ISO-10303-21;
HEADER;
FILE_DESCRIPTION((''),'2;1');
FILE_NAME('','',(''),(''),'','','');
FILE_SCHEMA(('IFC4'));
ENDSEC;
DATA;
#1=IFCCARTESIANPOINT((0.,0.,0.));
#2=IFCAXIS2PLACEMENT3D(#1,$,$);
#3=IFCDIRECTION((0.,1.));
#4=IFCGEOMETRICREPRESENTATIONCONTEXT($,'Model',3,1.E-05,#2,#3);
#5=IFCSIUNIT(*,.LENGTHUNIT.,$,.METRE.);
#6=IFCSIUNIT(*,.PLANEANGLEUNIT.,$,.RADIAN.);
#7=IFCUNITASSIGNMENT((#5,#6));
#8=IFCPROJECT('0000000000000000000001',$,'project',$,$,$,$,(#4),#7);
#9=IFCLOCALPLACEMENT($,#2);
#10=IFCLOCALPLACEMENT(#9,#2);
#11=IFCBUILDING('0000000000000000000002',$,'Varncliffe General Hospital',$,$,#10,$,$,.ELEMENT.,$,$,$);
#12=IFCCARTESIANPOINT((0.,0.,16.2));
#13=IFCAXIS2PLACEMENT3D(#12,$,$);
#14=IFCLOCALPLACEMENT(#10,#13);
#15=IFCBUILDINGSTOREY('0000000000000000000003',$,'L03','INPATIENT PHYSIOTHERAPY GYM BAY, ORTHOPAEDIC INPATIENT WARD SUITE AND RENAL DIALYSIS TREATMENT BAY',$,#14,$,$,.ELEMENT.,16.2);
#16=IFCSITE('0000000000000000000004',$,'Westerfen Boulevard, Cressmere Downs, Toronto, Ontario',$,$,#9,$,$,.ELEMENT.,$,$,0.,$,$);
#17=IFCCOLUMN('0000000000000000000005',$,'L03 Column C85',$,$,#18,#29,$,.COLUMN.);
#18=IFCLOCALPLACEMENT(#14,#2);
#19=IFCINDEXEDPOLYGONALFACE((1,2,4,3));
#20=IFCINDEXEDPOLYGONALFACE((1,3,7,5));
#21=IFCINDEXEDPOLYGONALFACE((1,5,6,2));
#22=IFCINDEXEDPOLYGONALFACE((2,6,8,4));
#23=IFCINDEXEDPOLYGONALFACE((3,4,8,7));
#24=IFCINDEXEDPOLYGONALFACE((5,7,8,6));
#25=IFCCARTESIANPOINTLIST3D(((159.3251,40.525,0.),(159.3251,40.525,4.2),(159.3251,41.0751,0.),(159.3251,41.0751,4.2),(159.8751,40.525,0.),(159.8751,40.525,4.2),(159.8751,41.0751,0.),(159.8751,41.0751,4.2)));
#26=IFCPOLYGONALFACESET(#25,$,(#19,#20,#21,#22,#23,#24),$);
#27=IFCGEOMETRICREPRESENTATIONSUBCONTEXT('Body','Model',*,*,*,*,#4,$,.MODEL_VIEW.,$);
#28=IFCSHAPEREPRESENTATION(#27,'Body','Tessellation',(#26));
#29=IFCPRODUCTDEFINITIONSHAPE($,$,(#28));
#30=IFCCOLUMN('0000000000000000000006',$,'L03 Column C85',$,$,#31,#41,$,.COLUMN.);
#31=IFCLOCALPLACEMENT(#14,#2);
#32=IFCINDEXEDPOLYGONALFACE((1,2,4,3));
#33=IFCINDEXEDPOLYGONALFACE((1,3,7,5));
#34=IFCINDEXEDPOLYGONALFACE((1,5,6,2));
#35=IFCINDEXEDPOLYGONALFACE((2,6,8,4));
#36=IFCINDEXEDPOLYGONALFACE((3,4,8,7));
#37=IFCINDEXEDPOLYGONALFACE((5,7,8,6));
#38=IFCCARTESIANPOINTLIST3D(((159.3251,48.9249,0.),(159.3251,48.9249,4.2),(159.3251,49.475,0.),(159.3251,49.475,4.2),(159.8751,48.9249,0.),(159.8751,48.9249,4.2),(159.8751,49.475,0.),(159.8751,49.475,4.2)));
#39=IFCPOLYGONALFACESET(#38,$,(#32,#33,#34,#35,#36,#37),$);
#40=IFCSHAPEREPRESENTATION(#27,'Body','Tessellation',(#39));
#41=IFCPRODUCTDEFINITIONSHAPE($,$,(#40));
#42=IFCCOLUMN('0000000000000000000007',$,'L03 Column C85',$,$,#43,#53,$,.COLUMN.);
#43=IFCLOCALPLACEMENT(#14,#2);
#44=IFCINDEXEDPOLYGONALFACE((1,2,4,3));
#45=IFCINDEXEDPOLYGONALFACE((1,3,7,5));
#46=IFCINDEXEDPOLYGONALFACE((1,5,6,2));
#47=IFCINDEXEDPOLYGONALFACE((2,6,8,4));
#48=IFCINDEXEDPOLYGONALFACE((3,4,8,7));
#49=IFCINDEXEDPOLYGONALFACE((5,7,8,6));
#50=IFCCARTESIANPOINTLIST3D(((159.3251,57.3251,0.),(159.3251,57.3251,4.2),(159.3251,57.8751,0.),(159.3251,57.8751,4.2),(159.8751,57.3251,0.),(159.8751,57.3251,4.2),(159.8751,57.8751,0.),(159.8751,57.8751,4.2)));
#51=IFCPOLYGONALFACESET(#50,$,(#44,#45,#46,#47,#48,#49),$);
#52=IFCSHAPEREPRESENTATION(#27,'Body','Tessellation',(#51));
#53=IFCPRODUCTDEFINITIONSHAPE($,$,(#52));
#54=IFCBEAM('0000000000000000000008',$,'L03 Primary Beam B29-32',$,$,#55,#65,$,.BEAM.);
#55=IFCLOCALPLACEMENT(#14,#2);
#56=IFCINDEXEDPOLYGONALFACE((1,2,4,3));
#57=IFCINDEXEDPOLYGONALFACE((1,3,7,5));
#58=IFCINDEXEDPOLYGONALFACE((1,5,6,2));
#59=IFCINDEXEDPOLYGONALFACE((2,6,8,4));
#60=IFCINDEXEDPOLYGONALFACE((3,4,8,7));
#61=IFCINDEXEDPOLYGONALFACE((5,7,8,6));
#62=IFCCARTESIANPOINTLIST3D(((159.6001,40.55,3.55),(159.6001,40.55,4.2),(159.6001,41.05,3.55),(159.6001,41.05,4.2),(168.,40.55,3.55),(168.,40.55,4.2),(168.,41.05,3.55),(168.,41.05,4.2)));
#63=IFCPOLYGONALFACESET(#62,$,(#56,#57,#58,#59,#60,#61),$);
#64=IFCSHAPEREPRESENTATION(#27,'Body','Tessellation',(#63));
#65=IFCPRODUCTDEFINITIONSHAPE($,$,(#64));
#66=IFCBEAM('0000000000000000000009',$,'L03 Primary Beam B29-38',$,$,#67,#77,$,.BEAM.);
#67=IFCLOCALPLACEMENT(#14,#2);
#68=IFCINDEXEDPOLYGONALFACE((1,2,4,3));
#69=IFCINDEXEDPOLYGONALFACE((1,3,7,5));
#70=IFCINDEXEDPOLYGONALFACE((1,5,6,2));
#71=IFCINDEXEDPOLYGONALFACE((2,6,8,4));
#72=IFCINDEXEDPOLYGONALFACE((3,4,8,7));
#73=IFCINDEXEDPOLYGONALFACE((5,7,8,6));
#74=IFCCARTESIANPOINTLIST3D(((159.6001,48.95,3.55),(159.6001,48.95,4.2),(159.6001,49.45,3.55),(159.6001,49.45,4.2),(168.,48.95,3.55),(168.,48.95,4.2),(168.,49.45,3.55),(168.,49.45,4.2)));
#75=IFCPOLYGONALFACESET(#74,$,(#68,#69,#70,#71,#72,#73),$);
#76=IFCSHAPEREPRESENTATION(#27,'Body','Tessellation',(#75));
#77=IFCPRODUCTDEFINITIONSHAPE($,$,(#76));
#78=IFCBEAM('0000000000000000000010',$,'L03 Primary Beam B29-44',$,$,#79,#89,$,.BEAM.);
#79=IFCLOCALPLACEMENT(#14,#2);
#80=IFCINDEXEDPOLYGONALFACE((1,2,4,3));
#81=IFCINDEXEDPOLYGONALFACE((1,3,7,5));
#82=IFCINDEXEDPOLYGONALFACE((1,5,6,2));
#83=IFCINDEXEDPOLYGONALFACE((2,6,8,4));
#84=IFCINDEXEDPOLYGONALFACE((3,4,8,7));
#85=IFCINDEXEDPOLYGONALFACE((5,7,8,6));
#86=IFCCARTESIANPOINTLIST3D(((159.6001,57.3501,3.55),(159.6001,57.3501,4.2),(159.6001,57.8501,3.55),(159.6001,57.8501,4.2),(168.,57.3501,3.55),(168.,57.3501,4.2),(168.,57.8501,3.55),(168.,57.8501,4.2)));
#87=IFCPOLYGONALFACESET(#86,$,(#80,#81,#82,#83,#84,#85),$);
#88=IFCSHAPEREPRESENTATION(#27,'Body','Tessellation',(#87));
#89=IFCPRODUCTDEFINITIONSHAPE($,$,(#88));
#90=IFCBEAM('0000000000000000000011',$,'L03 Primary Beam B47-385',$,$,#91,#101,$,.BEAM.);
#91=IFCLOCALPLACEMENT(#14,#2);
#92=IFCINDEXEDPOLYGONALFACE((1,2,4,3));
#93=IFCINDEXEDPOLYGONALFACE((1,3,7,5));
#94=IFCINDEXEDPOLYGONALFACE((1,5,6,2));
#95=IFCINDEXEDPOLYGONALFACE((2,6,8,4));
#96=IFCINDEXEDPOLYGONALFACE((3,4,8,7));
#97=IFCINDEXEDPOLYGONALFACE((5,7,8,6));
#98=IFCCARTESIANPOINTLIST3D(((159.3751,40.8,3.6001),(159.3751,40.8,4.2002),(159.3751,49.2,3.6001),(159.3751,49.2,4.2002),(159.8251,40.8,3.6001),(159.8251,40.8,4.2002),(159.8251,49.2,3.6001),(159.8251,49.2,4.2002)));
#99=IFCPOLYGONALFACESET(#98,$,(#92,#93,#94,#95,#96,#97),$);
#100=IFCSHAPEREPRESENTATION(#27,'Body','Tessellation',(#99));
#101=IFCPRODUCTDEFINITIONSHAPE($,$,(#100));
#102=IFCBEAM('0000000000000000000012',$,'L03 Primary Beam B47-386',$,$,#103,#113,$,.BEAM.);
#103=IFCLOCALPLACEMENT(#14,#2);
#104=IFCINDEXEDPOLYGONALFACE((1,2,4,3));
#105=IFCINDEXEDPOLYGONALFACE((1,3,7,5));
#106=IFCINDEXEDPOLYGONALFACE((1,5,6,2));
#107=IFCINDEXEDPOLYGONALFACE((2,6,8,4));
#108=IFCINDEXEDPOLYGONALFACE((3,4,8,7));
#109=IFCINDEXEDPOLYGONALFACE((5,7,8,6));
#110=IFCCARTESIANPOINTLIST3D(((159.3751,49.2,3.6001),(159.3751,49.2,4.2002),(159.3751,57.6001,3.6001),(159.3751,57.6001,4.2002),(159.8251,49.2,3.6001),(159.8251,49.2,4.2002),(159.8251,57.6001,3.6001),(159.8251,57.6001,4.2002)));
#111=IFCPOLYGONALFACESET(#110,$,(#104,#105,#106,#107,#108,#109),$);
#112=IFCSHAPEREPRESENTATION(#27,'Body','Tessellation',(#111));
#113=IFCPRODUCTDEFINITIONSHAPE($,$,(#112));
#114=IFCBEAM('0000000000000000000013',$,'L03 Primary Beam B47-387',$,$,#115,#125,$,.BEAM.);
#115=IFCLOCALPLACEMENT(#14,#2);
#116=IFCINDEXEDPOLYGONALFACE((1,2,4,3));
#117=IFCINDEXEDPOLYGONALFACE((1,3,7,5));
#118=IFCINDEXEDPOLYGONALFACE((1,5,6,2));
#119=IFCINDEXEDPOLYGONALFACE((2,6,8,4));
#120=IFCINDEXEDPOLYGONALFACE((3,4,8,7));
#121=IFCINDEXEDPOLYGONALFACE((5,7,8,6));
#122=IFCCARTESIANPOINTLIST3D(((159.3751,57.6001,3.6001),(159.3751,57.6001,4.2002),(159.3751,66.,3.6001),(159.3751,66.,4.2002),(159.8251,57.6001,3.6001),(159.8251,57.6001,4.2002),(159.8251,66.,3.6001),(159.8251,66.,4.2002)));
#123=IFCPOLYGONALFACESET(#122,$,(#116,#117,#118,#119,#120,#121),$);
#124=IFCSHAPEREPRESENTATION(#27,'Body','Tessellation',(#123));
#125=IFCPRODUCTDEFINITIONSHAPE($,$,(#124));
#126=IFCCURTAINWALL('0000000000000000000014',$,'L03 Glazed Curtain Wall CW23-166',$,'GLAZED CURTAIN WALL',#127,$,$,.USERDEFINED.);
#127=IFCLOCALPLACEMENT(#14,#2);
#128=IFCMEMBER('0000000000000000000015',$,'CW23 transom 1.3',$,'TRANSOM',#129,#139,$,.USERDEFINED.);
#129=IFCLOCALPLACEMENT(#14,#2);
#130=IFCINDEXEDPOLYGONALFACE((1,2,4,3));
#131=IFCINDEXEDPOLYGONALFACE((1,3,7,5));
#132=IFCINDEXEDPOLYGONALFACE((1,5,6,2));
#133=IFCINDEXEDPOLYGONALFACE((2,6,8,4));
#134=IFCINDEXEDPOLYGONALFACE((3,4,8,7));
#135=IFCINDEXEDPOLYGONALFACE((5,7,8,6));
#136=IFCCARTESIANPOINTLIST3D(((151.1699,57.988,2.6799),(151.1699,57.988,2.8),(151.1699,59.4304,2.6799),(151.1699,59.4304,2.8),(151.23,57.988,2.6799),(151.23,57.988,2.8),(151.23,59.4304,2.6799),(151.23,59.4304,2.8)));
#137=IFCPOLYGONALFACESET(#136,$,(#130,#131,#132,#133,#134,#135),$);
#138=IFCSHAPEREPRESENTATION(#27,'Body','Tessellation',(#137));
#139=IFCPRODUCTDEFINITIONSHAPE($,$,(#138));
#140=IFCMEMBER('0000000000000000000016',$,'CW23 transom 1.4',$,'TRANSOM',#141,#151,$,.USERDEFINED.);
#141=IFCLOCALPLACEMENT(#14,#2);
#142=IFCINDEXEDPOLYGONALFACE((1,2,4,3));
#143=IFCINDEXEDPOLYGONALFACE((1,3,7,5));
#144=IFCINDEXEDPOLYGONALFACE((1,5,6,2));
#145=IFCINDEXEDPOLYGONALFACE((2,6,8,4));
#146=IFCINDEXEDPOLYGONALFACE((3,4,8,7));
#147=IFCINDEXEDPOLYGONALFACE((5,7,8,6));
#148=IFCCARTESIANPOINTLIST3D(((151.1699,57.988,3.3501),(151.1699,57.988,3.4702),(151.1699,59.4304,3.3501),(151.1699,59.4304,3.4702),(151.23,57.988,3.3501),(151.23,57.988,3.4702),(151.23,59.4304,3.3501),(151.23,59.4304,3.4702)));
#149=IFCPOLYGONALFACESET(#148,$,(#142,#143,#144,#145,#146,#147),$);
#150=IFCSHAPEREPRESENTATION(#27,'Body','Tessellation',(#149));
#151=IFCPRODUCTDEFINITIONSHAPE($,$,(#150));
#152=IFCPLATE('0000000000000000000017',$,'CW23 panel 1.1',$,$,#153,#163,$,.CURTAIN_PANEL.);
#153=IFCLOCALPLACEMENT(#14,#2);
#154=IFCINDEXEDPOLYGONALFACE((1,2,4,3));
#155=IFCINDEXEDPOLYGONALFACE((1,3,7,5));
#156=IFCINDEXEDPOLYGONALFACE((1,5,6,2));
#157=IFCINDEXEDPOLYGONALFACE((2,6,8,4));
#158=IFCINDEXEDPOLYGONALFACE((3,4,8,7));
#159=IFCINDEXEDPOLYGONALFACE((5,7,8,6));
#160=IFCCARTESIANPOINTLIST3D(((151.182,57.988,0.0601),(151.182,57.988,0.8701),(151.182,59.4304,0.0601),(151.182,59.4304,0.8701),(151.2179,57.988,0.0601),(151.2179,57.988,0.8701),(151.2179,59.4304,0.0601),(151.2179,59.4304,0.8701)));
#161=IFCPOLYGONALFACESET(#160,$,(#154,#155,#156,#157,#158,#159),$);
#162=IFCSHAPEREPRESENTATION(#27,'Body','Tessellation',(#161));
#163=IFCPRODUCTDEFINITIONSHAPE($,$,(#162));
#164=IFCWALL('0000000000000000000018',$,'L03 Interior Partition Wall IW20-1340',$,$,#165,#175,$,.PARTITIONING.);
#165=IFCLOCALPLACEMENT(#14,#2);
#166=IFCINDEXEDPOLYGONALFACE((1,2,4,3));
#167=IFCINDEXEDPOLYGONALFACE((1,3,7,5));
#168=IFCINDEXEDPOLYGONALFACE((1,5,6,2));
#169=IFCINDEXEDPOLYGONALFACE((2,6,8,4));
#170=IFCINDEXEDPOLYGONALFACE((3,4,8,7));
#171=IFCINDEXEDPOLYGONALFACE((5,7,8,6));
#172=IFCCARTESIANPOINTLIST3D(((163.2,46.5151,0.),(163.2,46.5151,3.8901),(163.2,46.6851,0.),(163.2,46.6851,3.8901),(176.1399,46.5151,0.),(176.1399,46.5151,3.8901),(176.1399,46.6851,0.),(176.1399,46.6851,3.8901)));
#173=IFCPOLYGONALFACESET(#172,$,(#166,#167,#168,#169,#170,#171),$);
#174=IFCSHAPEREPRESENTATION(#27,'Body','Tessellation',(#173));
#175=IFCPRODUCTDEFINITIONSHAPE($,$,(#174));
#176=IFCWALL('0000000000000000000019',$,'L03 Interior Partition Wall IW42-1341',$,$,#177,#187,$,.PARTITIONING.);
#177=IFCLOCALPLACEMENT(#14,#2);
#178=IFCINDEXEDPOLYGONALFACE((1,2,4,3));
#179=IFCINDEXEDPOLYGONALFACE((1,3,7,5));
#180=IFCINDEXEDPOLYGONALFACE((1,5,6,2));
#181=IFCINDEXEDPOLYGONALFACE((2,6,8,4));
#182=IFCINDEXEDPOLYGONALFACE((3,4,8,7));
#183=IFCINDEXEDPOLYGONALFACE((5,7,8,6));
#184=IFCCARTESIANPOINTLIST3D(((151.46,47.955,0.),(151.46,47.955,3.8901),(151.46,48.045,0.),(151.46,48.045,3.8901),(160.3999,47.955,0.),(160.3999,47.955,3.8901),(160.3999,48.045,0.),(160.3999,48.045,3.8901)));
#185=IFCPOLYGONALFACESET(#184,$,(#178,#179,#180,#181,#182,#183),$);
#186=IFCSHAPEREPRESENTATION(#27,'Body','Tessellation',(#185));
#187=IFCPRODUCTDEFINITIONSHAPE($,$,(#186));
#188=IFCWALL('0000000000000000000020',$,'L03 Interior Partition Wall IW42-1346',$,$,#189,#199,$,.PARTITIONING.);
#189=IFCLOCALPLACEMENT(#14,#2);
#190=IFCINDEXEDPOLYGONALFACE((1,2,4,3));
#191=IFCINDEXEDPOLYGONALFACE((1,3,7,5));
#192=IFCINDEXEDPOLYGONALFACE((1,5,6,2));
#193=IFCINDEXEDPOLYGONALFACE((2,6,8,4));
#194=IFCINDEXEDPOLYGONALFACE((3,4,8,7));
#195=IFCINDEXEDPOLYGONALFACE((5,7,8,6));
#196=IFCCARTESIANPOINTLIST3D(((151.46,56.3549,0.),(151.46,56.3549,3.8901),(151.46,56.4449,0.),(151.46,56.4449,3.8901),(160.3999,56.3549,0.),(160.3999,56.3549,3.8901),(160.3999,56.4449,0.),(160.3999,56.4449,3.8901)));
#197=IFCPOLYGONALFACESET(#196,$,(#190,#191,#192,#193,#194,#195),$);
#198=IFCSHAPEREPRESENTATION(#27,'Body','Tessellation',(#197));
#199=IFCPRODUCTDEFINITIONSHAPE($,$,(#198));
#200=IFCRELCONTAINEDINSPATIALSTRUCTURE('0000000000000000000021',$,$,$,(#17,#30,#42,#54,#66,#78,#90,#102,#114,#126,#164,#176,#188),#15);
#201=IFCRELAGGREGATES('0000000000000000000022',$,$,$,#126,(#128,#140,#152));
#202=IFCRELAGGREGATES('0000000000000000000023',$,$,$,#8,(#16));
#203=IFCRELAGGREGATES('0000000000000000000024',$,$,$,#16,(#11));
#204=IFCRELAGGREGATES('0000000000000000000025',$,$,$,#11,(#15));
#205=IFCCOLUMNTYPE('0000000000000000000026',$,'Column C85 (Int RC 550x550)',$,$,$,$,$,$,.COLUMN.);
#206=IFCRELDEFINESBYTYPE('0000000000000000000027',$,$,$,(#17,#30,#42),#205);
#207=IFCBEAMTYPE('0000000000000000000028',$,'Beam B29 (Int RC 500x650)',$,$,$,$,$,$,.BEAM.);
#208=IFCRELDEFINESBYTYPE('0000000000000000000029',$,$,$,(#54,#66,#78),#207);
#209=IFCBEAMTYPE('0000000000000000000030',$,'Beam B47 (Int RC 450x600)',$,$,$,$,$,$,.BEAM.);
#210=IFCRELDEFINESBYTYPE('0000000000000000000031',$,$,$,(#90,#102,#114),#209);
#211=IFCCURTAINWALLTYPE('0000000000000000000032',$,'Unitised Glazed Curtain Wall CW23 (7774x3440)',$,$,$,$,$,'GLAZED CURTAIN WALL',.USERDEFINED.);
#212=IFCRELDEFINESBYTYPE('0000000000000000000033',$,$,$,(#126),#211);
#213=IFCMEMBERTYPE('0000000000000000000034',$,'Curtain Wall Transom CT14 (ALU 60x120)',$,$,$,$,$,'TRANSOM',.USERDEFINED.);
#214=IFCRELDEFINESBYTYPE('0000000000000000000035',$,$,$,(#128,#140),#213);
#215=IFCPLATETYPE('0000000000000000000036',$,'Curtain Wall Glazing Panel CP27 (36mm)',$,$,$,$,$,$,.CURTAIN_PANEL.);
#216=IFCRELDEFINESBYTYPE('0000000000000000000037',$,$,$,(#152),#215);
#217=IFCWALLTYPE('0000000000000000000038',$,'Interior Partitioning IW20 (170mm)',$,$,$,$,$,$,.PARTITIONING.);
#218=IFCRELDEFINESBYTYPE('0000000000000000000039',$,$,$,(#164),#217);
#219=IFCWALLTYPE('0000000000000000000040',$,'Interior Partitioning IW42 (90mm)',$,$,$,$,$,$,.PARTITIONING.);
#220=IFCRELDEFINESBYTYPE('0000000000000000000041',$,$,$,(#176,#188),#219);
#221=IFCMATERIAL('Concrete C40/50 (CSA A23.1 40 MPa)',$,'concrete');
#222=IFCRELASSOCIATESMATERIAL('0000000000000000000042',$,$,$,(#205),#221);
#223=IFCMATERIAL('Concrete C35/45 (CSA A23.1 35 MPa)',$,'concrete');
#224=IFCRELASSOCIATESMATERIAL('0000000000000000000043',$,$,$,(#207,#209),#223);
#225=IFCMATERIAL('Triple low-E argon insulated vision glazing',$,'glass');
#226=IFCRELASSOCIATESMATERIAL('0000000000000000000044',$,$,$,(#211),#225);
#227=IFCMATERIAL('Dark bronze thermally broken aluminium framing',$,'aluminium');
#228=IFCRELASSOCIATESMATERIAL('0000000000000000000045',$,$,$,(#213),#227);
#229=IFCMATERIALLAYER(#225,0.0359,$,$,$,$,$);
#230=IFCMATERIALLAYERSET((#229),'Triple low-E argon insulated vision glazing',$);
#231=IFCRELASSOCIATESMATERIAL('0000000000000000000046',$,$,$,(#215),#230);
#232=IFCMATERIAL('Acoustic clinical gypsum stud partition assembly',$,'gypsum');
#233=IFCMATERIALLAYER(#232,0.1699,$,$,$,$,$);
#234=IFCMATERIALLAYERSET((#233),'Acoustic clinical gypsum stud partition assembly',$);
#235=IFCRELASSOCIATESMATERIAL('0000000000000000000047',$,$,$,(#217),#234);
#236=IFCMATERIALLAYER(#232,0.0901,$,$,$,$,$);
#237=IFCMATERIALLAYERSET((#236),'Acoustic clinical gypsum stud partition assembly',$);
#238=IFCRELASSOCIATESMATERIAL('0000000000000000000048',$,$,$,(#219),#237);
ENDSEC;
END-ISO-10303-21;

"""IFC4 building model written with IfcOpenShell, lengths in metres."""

from ifc_helpers import new_model, si_unit, direction, frame, frame_2d, origin, origin_2d, place, context, subcontext, project, spatial, rectangle, extrude, material, layer, layer_set, material_profile, profile_set, type_object, element, aggregate, save


model = new_model("IFC4")

# Units and contexts
model_context = context("Model", 3, precision=1e-05, world=origin(), true_north=direction((0.0, 1.0)))
body_context = subcontext(model_context, "Body", "Model", "MODEL_VIEW")
ifc_project = project(units=[si_unit("LENGTHUNIT", "METRE"), si_unit("PLANEANGLEUNIT", "RADIAN")], contexts=[model_context])

# Site, building, storey
site_placement = place(None, origin())
site = spatial("IfcSite", under=ifc_project, at=site_placement, Name="Westerfen Boulevard, Cressmere Downs, Toronto, Ontario", CompositionType="ELEMENT", RefElevation=0.0)
building_placement = place(site_placement, origin())
building = spatial("IfcBuilding", under=site, at=building_placement, Name="Varncliffe General Hospital", CompositionType="ELEMENT")
storey_placement = place(building_placement, frame((0.0, 0.0, 16.2)))
storey = spatial("IfcBuildingStorey", under=building, at=storey_placement, Name="L03", Description="INPATIENT PHYSIOTHERAPY GYM BAY, ORTHOPAEDIC INPATIENT WARD SUITE AND RENAL DIALYSIS TREATMENT BAY", CompositionType="ELEMENT", Elevation=16.2)

# Columns
ifc_material_1 = material(Name="Concrete C40/50 (CSA A23.1 40 MPa)", Category="concrete")
ifc_material_profile_1 = material_profile(ifc_material_1, rectangle(XDim=0.55, YDim=0.55, at=origin_2d()), Name="RC 550x550")
ifc_profile_set_1 = profile_set([ifc_material_profile_1], Name="Concrete C40/50 (CSA A23.1 40 MPa)")
column_type = type_object("IfcColumnType", Name="Column C85 (Int RC 550x550)", PredefinedType="COLUMN", material=ifc_profile_set_1)
for number, where, z_axis, x_axis, name in (
    (1, (159.6001, 40.8, 0.0), (0.0, 0.0, 1.0), (1.0, 0.0, 0.0), "L03 Column C85"),
    (2, (159.6001, 49.2, 0.0), (0.0, 0.0, 1.0), (1.0, 0.0, 0.0), "L03 Column C85"),
    (3, (159.6001, 57.6001, 0.0), (0.0, 0.0, 1.0), (1.0, 0.0, 0.0), "L03 Column C85"),
):
    element("IfcColumn", number, at=place(storey_placement, frame(where, z_axis=z_axis, x_axis=x_axis)), inside=storey, type_object=column_type, Name=name, PredefinedType="COLUMN", context=body_context, shape_type="SweptSolid", body=[
        extrude(rectangle(XDim=0.55, YDim=0.55, at=origin_2d()), origin(), (0.0, 0.0, 1.0), 4.2),
    ])

# Beams
ifc_material_2 = material(Name="Concrete C35/45 (CSA A23.1 35 MPa)", Category="concrete")
ifc_material_profile_2 = material_profile(ifc_material_2, rectangle(XDim=0.5, YDim=0.6499, at=origin_2d()), Name="RC 500x650")
ifc_profile_set_2 = profile_set([ifc_material_profile_2], Name="Concrete C35/45 (CSA A23.1 35 MPa)")
beam_type_1 = type_object("IfcBeamType", Name="Beam B29 (Int RC 500x650)", PredefinedType="BEAM", material=ifc_profile_set_2)
for number, where, z_axis, x_axis, name in (
    (4, (159.6001, 40.8, 3.875), (1.0, 0.0, 0.0), (0.0, 1.0, 0.0), "L03 Primary Beam B29-32"),
    (5, (159.6001, 49.2, 3.875), (1.0, 0.0, 0.0), (0.0, 1.0, 0.0), "L03 Primary Beam B29-38"),
    (6, (159.6001, 57.6001, 3.875), (1.0, 0.0, 0.0), (0.0, 1.0, 0.0), "L03 Primary Beam B29-44"),
):
    element("IfcBeam", number, at=place(storey_placement, frame(where, z_axis=z_axis, x_axis=x_axis)), inside=storey, type_object=beam_type_1, Name=name, PredefinedType="BEAM", context=body_context, shape_type="SweptSolid", body=[
        extrude(rectangle(XDim=0.5, YDim=0.6499, at=origin_2d()), origin(), (0.0, 0.0, 1.0), 8.3999),
    ])
ifc_material_profile_3 = material_profile(ifc_material_2, rectangle(XDim=0.45, YDim=0.6001, at=origin_2d()), Name="RC 450x600")
ifc_profile_set_3 = profile_set([ifc_material_profile_3], Name="Concrete C35/45 (CSA A23.1 35 MPa)")
beam_type_2 = type_object("IfcBeamType", Name="Beam B47 (Int RC 450x600)", PredefinedType="BEAM", material=ifc_profile_set_3)
beam_1_placement = place(storey_placement, frame((159.6001, 40.8, 3.9001), z_axis=(0.0, 1.0, 0.0), x_axis=(-1.0, 0.0, 0.0)))
element("IfcBeam", 7, at=beam_1_placement, inside=storey, type_object=beam_type_2, Name="L03 Primary Beam B47-385", PredefinedType="BEAM", context=body_context, shape_type="SweptSolid", body=[
    extrude(rectangle(XDim=0.45, YDim=0.6001, at=origin_2d()), origin(), (0.0, 0.0, 1.0), 8.3999),
])
beam_2_placement = place(storey_placement, frame((159.6001, 49.2, 3.9001), z_axis=(0.0, 1.0, 0.0), x_axis=(-1.0, 0.0, 0.0)))
element("IfcBeam", 8, at=beam_2_placement, inside=storey, type_object=beam_type_2, Name="L03 Primary Beam B47-386", PredefinedType="BEAM", context=body_context, shape_type="SweptSolid", body=[
    extrude(rectangle(XDim=0.45, YDim=0.6001, at=origin_2d()), origin(), (0.0, 0.0, 1.0), 8.4001),
])
beam_3_placement = place(storey_placement, frame((159.6001, 57.6001, 3.9001), z_axis=(0.0, 1.0, 0.0), x_axis=(-1.0, 0.0, 0.0)))
element("IfcBeam", 9, at=beam_3_placement, inside=storey, type_object=beam_type_2, Name="L03 Primary Beam B47-387", PredefinedType="BEAM", context=body_context, shape_type="SweptSolid", body=[
    extrude(rectangle(XDim=0.45, YDim=0.6001, at=origin_2d()), origin(), (0.0, 0.0, 1.0), 8.3999),
])

# Curtain wall, members, plate
ifc_material_3 = material(Name="Triple low-E argon insulated vision glazing", Category="glass")
curtain_wall_type = type_object("IfcCurtainWallType", Name="Unitised Glazed Curtain Wall CW23 (7774x3440)", ElementType="GLAZED CURTAIN WALL", PredefinedType="USERDEFINED", material=ifc_material_3)
curtain_wall_placement = place(storey_placement, origin())
curtain_wall = element("IfcCurtainWall", 10, at=curtain_wall_placement, inside=storey, type_object=curtain_wall_type, Name="L03 Glazed Curtain Wall CW23-166", ObjectType="GLAZED CURTAIN WALL", PredefinedType="USERDEFINED")
ifc_material_4 = material(Name="Dark bronze thermally broken aluminium framing", Category="aluminium")
ifc_material_profile_4 = material_profile(ifc_material_4, rectangle(XDim=0.0601, YDim=0.1201, at=origin_2d()), Name="ALU 60x120")
ifc_profile_set_4 = profile_set([ifc_material_profile_4], Name="Dark bronze thermally broken aluminium framing")
member_type = type_object("IfcMemberType", Name="Curtain Wall Transom CT14 (ALU 60x120)", ElementType="TRANSOM", PredefinedType="USERDEFINED", material=ifc_profile_set_4)
member_1_placement = place(storey_placement, frame((151.2, 57.988, 2.74), z_axis=(0.0, 1.0, 0.0), x_axis=(-1.0, 0.0, 0.0)))
member_1 = element("IfcMember", 11, at=member_1_placement, type_object=member_type, Name="CW23 transom 1.3", ObjectType="TRANSOM", PredefinedType="USERDEFINED", context=body_context, shape_type="SweptSolid", body=[
    extrude(rectangle(XDim=0.0601, YDim=0.1201, at=origin_2d()), origin(), (0.0, 0.0, 1.0), 1.4424),
])
member_2_placement = place(storey_placement, frame((151.2, 57.988, 3.4102), z_axis=(0.0, 1.0, 0.0), x_axis=(-1.0, 0.0, 0.0)))
member_2 = element("IfcMember", 12, at=member_2_placement, type_object=member_type, Name="CW23 transom 1.4", ObjectType="TRANSOM", PredefinedType="USERDEFINED", context=body_context, shape_type="SweptSolid", body=[
    extrude(rectangle(XDim=0.0601, YDim=0.1201, at=origin_2d()), origin(), (0.0, 0.0, 1.0), 1.4424),
])
ifc_layer_1 = layer(ifc_material_3, 0.0359)
ifc_layer_set_1 = layer_set([ifc_layer_1], Name="Triple low-E argon insulated vision glazing")
plate_type = type_object("IfcPlateType", Name="Curtain Wall Glazing Panel CP27 (36mm)", PredefinedType="CURTAIN_PANEL", material=ifc_layer_set_1)
plate_placement = place(storey_placement, frame((151.2, 58.7092, 0.0601), z_axis=(0.0, 0.0, 1.0), x_axis=(0.0, 1.0, 0.0)))
plate = element("IfcPlate", 13, at=plate_placement, type_object=plate_type, Name="CW23 panel 1.1", PredefinedType="CURTAIN_PANEL", context=body_context, shape_type="SweptSolid", body=[
    extrude(rectangle(XDim=1.4424, YDim=0.0359, at=origin_2d()), origin(), (0.0, 0.0, 1.0), 0.8101),
])
aggregate(curtain_wall, [member_1, member_2, plate])

# Walls
ifc_material_5 = material(Name="Acoustic clinical gypsum stud partition assembly", Category="gypsum")
ifc_layer_2 = layer(ifc_material_5, 0.1699)
ifc_layer_set_2 = layer_set([ifc_layer_2], Name="Acoustic clinical gypsum stud partition assembly")
wall_type_1 = type_object("IfcWallType", Name="Interior Partitioning IW20 (170mm)", PredefinedType="PARTITIONING", material=ifc_layer_set_2)
wall_1_placement = place(storey_placement, frame((163.2, 46.6001, 0.0), z_axis=(0.0, 0.0, 1.0), x_axis=(1.0, 0.0, 0.0)))
element("IfcWall", 14, at=wall_1_placement, inside=storey, type_object=wall_type_1, Name="L03 Interior Partition Wall IW20-1340", PredefinedType="PARTITIONING", context=body_context, shape_type="SweptSolid", body=[
    extrude(rectangle(XDim=12.9399, YDim=0.1699, at=frame_2d((6.47, 0.0))), origin(), (0.0, 0.0, 1.0), 3.8901),
])
ifc_layer_3 = layer(ifc_material_5, 0.0901)
ifc_layer_set_3 = layer_set([ifc_layer_3], Name="Acoustic clinical gypsum stud partition assembly")
wall_type_2 = type_object("IfcWallType", Name="Interior Partitioning IW42 (90mm)", PredefinedType="PARTITIONING", material=ifc_layer_set_3)
for number, where, z_axis, x_axis, name in (
    (15, (151.46, 48.0, 0.0), (0.0, 0.0, 1.0), (1.0, 0.0, 0.0), "L03 Interior Partition Wall IW42-1341"),
    (16, (151.46, 56.3999, 0.0), (0.0, 0.0, 1.0), (1.0, 0.0, 0.0), "L03 Interior Partition Wall IW42-1346"),
):
    element("IfcWall", number, at=place(storey_placement, frame(where, z_axis=z_axis, x_axis=x_axis)), inside=storey, type_object=wall_type_2, Name=name, PredefinedType="PARTITIONING", context=body_context, shape_type="SweptSolid", body=[
        extrude(rectangle(XDim=8.9399, YDim=0.0901, at=frame_2d((4.47, 0.0))), origin(), (0.0, 0.0, 1.0), 3.8901),
    ])

save(model, "model.ifc")
